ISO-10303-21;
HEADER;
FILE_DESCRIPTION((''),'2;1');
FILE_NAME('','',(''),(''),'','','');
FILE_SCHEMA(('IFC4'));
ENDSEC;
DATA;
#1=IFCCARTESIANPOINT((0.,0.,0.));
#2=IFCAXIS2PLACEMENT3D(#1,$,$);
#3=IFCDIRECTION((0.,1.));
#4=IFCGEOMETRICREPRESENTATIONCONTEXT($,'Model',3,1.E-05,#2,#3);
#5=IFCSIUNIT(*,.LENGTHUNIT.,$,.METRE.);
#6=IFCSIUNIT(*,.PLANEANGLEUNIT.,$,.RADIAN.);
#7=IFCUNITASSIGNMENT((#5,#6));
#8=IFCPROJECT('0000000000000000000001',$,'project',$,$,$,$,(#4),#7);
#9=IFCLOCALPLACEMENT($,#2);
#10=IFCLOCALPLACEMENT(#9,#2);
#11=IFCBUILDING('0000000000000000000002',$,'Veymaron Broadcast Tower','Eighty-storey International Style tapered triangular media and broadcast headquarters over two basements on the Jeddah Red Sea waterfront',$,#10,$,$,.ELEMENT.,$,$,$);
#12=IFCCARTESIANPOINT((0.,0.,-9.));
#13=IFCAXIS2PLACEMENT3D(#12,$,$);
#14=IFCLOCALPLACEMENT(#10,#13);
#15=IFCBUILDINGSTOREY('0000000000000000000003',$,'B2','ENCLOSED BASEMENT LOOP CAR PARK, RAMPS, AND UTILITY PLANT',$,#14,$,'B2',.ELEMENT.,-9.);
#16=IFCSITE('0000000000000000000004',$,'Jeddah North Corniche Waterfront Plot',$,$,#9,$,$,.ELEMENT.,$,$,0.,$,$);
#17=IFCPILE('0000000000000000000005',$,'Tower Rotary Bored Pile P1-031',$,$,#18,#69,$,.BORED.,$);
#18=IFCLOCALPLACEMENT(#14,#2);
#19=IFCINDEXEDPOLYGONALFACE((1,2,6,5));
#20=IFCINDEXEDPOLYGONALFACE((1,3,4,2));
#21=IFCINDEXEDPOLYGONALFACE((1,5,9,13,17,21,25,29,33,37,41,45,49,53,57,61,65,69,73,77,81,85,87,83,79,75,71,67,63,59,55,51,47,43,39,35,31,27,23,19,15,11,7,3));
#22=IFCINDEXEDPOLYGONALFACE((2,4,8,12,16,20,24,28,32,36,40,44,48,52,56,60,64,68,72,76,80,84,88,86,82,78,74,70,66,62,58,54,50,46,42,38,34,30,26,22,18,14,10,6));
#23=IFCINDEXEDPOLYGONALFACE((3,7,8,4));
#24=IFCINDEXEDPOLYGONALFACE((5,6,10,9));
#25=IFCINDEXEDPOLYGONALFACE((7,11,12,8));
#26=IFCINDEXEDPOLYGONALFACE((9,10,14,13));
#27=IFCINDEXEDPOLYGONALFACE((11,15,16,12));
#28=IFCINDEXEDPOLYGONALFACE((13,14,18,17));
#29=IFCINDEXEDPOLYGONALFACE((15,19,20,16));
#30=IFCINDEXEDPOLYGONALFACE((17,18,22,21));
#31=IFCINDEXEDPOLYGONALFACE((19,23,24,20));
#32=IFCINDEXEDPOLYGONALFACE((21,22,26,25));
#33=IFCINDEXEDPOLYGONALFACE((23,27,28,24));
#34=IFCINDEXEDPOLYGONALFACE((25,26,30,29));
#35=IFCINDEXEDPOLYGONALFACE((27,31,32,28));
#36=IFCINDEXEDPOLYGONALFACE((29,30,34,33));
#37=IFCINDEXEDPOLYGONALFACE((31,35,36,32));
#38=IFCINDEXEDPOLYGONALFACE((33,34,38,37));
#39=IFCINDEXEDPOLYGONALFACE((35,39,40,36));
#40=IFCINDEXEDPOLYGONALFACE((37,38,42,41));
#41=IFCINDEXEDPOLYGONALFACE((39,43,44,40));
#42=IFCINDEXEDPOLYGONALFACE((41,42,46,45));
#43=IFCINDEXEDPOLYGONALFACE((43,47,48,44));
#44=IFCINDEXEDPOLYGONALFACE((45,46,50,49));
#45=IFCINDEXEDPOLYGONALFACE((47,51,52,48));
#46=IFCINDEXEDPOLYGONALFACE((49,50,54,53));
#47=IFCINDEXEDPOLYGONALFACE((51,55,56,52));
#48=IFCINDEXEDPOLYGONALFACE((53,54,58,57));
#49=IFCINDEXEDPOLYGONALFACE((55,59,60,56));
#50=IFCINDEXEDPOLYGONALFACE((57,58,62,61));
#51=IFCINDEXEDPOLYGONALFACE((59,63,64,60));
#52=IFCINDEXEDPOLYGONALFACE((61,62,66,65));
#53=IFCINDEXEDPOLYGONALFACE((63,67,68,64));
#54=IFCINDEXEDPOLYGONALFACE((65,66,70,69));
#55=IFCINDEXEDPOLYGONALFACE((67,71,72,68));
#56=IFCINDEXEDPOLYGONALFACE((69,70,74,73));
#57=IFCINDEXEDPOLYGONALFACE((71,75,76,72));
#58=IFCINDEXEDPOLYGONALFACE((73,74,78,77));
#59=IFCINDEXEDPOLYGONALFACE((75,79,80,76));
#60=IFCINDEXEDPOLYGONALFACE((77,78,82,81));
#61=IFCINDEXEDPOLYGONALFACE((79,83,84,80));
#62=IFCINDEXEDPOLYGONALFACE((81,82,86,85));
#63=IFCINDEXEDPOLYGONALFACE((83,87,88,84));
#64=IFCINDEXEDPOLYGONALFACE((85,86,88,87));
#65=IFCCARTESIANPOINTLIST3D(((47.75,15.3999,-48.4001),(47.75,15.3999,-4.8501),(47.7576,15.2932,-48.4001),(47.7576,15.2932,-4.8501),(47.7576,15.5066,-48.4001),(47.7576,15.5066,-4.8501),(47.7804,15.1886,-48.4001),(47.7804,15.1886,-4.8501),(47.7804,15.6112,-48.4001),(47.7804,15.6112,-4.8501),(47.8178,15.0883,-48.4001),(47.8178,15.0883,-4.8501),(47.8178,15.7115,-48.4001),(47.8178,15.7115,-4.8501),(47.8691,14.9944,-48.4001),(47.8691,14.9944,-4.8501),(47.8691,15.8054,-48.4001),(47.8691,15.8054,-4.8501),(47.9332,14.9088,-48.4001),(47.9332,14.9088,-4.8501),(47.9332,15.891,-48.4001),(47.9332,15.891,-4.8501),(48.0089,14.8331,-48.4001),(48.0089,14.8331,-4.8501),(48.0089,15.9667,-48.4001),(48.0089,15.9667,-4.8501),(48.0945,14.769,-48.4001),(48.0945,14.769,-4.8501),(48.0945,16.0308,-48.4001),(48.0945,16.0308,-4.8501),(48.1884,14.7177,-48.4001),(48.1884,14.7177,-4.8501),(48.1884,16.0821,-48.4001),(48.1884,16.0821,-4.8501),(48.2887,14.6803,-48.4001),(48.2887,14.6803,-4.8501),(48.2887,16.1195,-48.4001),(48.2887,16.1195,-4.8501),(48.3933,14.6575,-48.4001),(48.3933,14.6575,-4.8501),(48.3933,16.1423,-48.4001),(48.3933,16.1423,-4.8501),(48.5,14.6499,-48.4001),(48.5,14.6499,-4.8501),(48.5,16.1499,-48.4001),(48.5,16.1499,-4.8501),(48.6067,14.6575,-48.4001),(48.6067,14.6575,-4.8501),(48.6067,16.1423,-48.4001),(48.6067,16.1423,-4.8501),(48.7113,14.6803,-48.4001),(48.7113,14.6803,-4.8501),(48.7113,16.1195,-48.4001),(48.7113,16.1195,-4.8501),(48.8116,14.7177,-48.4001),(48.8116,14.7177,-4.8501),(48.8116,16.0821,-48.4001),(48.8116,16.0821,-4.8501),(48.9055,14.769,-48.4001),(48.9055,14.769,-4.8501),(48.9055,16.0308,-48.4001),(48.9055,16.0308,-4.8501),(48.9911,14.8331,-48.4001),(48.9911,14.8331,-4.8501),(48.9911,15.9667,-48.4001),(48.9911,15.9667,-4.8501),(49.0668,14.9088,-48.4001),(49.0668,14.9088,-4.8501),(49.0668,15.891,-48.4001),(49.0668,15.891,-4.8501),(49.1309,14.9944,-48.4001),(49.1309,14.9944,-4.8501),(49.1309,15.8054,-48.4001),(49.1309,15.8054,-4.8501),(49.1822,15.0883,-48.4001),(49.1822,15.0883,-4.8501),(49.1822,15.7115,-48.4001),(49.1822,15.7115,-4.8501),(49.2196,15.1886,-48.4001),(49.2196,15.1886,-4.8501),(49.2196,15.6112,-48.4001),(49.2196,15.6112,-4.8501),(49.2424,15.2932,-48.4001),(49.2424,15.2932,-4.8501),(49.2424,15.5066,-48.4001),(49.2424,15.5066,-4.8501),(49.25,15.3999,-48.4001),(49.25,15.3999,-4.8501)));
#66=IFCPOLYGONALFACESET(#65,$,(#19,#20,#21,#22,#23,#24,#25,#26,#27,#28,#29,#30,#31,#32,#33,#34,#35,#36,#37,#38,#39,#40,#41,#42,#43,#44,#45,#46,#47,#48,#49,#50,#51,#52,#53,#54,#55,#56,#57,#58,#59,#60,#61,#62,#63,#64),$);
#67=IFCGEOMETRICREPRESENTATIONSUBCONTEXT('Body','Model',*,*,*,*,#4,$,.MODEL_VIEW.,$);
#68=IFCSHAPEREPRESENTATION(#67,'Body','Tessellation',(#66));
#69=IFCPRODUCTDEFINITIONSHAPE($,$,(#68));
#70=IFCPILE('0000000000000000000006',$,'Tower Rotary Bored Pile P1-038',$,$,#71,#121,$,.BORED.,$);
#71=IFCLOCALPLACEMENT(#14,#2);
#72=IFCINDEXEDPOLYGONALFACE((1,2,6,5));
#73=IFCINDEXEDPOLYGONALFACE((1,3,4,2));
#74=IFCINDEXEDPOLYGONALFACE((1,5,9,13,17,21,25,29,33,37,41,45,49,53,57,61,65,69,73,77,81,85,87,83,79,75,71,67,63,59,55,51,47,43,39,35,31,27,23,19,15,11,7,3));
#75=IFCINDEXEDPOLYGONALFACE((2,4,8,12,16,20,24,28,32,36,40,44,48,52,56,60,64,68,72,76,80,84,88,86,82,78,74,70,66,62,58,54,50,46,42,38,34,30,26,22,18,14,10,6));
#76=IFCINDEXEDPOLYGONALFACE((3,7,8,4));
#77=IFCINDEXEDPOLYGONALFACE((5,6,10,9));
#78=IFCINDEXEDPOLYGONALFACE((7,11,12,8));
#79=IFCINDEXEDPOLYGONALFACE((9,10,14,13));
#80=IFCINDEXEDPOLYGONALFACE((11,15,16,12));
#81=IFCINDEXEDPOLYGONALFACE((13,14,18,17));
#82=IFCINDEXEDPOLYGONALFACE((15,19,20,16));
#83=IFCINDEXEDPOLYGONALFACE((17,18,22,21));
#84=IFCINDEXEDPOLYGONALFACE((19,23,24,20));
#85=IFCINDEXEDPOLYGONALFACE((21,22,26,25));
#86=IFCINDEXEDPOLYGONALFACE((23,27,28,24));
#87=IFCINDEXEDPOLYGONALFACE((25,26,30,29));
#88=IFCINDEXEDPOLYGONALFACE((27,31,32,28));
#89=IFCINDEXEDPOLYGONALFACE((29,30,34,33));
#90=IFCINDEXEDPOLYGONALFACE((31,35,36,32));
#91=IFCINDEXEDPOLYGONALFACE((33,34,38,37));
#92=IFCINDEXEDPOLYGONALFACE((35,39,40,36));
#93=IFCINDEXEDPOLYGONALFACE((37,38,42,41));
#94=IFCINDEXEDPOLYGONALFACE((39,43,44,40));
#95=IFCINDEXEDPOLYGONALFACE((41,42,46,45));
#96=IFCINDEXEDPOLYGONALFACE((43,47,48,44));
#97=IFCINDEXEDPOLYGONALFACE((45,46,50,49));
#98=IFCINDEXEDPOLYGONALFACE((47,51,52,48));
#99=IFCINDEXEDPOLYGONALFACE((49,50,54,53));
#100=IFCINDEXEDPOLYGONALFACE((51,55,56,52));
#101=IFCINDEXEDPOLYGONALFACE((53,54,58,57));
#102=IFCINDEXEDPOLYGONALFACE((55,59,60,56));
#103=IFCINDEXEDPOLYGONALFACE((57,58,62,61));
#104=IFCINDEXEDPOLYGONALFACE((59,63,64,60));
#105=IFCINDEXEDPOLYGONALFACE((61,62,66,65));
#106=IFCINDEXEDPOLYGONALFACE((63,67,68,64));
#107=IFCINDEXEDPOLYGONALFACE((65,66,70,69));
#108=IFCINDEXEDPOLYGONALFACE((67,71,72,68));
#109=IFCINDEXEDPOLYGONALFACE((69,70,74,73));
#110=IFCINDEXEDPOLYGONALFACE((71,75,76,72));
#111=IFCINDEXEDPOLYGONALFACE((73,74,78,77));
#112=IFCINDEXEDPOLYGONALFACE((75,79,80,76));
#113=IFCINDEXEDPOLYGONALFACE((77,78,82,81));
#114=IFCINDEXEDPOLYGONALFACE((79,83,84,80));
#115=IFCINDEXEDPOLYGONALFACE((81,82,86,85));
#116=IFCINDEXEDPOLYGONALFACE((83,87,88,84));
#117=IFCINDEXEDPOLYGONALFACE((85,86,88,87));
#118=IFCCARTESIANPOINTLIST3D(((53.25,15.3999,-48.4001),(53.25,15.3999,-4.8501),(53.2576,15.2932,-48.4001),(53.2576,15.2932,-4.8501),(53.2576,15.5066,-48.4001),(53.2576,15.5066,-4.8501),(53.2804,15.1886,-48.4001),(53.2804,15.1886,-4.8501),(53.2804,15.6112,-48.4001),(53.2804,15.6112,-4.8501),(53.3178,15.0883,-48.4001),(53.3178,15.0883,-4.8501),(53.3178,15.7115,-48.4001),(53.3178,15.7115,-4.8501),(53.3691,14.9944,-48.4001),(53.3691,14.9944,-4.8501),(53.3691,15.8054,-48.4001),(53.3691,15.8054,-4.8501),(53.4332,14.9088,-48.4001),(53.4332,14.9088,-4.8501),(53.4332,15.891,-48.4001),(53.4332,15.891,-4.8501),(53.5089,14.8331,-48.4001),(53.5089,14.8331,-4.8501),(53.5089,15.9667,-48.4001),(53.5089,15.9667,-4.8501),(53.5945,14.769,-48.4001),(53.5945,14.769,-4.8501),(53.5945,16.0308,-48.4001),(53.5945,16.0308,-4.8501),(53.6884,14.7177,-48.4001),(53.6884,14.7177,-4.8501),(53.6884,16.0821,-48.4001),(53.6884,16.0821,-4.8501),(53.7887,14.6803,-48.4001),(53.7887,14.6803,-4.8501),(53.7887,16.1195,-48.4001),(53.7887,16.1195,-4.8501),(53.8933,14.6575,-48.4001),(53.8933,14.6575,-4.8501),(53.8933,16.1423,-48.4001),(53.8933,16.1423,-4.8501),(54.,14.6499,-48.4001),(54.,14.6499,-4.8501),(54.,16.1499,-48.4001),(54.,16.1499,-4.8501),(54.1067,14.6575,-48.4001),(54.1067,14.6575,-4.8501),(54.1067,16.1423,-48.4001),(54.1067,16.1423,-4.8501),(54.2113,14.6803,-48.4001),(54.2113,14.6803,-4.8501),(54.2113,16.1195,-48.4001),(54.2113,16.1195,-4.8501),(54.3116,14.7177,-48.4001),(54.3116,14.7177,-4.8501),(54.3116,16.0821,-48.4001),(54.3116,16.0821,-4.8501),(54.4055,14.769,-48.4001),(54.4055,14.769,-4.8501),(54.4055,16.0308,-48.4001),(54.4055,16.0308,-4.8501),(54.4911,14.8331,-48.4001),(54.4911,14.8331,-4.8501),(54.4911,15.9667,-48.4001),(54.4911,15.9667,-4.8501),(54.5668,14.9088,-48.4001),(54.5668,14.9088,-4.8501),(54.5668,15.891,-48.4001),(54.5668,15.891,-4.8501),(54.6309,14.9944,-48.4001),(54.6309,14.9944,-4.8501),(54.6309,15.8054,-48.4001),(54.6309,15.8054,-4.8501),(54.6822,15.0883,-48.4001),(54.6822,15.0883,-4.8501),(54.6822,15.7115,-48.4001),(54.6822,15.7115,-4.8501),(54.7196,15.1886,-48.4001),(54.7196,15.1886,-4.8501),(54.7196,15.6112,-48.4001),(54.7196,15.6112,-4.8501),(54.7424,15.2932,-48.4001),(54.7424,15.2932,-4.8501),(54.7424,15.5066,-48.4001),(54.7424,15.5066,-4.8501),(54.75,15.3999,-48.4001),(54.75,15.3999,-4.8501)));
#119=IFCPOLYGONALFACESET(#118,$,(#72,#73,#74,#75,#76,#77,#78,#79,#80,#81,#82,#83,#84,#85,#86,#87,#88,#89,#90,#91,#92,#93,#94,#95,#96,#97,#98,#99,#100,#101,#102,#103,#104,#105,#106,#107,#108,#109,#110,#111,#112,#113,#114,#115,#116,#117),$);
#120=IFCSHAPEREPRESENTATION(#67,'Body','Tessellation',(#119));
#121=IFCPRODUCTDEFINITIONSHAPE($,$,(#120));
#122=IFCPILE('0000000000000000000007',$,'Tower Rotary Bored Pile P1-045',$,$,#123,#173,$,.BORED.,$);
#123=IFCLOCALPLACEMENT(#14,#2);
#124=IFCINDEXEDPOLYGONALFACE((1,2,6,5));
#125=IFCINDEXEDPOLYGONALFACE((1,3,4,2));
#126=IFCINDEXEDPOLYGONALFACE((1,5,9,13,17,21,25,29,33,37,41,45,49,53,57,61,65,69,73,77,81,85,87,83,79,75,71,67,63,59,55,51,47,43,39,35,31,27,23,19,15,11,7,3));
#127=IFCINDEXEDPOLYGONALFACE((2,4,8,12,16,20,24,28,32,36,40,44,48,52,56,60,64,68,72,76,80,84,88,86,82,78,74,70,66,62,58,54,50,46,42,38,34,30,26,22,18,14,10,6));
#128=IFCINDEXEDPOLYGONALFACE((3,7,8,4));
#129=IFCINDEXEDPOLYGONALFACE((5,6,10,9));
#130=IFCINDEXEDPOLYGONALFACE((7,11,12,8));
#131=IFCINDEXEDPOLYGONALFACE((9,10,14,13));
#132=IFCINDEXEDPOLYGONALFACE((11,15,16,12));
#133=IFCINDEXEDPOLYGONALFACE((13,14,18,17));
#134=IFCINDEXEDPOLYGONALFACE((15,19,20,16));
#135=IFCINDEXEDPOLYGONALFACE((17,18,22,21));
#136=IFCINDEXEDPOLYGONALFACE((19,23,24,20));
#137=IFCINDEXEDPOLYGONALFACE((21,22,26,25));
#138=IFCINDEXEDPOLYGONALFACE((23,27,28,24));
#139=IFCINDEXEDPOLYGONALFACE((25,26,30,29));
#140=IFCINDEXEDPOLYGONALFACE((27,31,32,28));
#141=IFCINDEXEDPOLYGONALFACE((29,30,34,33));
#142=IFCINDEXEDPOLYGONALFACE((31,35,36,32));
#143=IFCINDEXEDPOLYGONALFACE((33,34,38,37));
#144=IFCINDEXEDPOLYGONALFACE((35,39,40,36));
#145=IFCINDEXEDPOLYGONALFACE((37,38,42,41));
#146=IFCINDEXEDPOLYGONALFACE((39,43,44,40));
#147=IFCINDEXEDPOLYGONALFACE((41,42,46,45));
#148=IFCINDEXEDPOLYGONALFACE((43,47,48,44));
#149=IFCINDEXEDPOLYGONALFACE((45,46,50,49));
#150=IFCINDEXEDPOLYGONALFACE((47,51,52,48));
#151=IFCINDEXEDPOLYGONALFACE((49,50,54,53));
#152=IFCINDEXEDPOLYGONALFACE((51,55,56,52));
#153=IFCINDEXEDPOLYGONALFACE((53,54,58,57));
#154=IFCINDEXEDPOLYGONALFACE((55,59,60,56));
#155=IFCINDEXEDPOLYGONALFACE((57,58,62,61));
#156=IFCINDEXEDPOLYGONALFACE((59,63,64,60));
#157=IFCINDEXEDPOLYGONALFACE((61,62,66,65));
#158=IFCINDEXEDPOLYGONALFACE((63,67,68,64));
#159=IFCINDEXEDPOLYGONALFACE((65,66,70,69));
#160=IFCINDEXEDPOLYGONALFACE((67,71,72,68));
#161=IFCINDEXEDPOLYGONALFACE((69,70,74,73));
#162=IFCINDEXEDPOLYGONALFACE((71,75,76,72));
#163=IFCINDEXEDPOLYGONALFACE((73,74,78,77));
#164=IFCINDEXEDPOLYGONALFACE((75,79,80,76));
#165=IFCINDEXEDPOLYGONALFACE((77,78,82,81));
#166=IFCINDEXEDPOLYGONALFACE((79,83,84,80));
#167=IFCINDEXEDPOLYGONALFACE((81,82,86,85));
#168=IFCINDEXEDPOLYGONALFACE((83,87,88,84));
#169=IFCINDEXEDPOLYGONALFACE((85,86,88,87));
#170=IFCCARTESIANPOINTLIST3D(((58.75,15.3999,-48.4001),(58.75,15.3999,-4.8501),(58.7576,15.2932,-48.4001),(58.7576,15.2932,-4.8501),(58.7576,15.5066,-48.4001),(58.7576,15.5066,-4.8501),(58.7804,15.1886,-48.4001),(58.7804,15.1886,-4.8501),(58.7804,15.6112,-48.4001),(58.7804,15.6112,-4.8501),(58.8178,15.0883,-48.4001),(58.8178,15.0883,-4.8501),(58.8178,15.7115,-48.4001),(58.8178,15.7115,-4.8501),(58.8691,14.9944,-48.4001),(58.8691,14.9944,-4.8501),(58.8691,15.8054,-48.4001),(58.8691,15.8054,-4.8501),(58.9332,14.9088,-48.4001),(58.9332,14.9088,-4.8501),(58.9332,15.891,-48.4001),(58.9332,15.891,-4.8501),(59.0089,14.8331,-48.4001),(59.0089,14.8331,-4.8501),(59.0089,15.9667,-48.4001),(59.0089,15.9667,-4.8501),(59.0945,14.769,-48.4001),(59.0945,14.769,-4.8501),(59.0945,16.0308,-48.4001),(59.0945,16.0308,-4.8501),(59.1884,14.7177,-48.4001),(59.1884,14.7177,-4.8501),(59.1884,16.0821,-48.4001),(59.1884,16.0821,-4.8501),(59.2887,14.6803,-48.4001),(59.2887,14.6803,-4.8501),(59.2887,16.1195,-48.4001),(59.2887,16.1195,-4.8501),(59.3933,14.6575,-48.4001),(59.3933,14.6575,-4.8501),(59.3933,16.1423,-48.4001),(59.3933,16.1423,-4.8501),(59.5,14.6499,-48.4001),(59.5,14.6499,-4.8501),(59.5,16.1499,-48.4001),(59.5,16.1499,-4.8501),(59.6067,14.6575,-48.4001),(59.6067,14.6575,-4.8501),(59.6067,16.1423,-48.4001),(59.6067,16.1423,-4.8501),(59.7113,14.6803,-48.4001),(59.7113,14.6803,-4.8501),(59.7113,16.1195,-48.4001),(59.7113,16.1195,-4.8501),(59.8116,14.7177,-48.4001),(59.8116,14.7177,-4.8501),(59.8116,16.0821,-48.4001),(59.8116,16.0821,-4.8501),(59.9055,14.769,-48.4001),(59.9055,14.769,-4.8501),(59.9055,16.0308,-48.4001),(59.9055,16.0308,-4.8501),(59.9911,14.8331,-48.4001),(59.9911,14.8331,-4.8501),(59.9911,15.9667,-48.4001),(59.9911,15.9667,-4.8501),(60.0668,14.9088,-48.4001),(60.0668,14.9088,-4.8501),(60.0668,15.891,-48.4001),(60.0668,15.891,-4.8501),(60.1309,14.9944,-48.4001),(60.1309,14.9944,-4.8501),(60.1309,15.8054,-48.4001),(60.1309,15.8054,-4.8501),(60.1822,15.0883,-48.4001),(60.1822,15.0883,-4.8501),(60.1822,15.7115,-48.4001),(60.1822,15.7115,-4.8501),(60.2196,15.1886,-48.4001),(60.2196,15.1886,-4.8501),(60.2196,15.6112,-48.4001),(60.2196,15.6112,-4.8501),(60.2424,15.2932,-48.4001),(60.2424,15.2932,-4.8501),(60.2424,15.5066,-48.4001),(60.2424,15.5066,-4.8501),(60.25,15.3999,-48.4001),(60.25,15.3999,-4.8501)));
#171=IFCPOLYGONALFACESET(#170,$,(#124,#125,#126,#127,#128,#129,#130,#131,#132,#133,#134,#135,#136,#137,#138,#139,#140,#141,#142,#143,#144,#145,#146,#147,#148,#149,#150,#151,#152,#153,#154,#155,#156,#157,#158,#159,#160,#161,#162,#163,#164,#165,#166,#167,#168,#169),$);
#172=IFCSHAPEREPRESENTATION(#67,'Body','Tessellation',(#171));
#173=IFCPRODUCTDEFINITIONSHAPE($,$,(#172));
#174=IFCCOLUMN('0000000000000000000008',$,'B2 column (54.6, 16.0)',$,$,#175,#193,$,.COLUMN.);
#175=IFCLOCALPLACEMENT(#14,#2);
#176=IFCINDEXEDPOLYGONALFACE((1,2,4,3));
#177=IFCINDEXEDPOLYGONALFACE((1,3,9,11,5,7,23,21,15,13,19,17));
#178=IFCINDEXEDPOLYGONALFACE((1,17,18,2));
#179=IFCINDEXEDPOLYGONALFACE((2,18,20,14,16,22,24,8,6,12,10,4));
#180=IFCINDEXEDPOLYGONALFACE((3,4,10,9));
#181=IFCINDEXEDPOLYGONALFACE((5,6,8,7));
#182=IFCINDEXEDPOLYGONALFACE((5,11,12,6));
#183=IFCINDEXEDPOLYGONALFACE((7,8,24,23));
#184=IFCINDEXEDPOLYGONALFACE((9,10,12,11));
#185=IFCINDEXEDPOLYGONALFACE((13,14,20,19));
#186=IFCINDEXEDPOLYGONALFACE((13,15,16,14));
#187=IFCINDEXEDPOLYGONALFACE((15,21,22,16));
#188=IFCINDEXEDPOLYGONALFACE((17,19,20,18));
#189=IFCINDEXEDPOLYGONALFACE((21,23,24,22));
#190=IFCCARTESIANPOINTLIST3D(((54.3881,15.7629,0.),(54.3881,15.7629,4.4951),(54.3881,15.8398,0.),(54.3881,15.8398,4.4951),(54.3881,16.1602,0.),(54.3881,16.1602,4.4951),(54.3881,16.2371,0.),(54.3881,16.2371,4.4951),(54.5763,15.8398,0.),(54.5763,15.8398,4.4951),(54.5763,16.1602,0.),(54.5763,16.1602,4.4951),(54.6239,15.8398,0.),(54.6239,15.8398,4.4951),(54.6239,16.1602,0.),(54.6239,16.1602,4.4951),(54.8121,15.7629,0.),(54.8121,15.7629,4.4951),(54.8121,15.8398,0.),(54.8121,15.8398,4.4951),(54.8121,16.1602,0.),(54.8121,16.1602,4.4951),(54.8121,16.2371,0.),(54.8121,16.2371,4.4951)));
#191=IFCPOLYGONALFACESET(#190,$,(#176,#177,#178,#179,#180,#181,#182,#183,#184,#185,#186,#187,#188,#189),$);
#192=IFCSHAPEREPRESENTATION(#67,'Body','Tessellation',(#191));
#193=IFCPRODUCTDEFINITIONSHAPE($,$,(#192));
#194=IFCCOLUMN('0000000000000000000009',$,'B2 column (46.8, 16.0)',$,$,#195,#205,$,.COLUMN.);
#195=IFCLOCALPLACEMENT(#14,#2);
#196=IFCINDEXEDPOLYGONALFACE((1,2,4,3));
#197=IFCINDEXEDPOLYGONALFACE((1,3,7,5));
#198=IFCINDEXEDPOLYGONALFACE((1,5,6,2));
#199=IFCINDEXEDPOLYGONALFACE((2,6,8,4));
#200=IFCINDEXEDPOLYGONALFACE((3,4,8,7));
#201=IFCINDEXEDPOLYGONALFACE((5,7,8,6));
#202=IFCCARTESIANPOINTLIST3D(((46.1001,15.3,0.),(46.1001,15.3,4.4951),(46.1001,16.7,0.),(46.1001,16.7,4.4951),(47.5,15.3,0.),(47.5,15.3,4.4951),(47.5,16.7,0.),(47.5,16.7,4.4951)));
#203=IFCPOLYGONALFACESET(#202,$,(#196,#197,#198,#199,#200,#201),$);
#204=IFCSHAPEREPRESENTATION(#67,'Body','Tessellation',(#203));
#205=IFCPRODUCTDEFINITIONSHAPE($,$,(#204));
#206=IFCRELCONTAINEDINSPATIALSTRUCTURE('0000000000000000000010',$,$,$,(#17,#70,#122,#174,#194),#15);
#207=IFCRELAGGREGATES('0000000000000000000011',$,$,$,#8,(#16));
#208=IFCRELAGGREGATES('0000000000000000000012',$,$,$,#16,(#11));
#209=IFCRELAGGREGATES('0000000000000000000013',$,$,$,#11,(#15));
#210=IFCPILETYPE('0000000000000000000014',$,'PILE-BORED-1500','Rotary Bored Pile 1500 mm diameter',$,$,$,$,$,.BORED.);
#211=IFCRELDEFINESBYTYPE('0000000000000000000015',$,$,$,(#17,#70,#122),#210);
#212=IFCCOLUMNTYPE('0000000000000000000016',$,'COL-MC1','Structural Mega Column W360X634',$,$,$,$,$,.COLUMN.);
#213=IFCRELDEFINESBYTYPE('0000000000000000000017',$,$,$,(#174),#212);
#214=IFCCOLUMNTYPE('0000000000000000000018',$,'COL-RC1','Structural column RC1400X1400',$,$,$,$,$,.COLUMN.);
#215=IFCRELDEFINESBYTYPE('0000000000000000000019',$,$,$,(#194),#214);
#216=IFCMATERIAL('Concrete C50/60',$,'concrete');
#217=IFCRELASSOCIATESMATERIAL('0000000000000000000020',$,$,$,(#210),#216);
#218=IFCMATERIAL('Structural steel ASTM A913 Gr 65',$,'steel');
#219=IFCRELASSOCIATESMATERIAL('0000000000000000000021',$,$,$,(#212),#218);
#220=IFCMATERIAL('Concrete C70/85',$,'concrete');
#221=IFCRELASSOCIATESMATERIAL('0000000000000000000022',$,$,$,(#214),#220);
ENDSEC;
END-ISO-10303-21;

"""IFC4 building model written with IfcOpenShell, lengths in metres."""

from ifc_helpers import new_model, si_unit, direction, frame, origin, origin_2d, place, context, subcontext, project, spatial, rectangle, circle, i_section, extrude, material, material_profile, profile_set, type_object, element, save


model = new_model("IFC4")

# Units and contexts
model_context = context("Model", 3, precision=1e-05, world=origin(), true_north=direction((0.0, 1.0)))
body_context = subcontext(model_context, "Body", "Model", "MODEL_VIEW")
ifc_project = project(units=[si_unit("LENGTHUNIT", "METRE"), si_unit("PLANEANGLEUNIT", "RADIAN")], contexts=[model_context])

# Site, building, storey
site_placement = place(None, origin())
site = spatial("IfcSite", under=ifc_project, at=site_placement, Name="Jeddah North Corniche Waterfront Plot", CompositionType="ELEMENT", RefElevation=0.0)
building_placement = place(site_placement, origin())
building = spatial("IfcBuilding", under=site, at=building_placement, Name="Veymaron Broadcast Tower", Description="Eighty-storey International Style tapered triangular media and broadcast headquarters over two basements on the Jeddah Red Sea waterfront", CompositionType="ELEMENT")
storey_placement = place(building_placement, frame((0.0, 0.0, -9.0)))
storey = spatial("IfcBuildingStorey", under=building, at=storey_placement, Name="B2", Description="ENCLOSED BASEMENT LOOP CAR PARK, RAMPS, AND UTILITY PLANT", LongName="B2", CompositionType="ELEMENT", Elevation=-9.0)

# Piles
ifc_material_1 = material(Name="Concrete C50/60", Category="concrete")
ifc_material_profile_1 = material_profile(ifc_material_1, circle(Radius=0.75, at=origin_2d()), Name="PILE1500")
ifc_profile_set_1 = profile_set([ifc_material_profile_1], Name="Concrete C50/60")
pile_type = type_object("IfcPileType", Name="PILE-BORED-1500", Description="Rotary Bored Pile 1500 mm diameter", PredefinedType="BORED", material=ifc_profile_set_1)
for number, where, z_axis, x_axis, name in (
    (1, (48.5, 15.3999, -4.8501), (0.0, 0.0, -1.0), (1.0, 0.0, 0.0), "Tower Rotary Bored Pile P1-031"),
    (2, (54.0, 15.3999, -4.8501), (0.0, 0.0, -1.0), (1.0, 0.0, 0.0), "Tower Rotary Bored Pile P1-038"),
    (3, (59.5, 15.3999, -4.8501), (0.0, 0.0, -1.0), (1.0, 0.0, 0.0), "Tower Rotary Bored Pile P1-045"),
):
    element("IfcPile", number, at=place(storey_placement, frame(where, z_axis=z_axis, x_axis=x_axis)), inside=storey, type_object=pile_type, Name=name, PredefinedType="BORED", context=body_context, shape_type="SweptSolid", body=[
        extrude(circle(Radius=0.75, at=origin_2d()), origin(), (0.0, 0.0, 1.0), 43.55),
    ])

# Columns
ifc_material_2 = material(Name="Structural steel ASTM A913 Gr 65", Category="steel")
ifc_material_profile_2 = material_profile(ifc_material_2, i_section(OverallWidth=0.4241, OverallDepth=0.4741, WebThickness=0.0476, FlangeThickness=0.0769, at=origin_2d()), Name="W360X634")
ifc_profile_set_2 = profile_set([ifc_material_profile_2], Name="Structural steel ASTM A913 Gr 65")
column_type_1 = type_object("IfcColumnType", Name="COL-MC1", Description="Structural Mega Column W360X634", PredefinedType="COLUMN", material=ifc_profile_set_2)
column_1_placement = place(storey_placement, frame((54.6001, 16.0, 0.0), z_axis=(0.0, 0.0, 1.0), x_axis=(1.0, 0.0, 0.0)))
element("IfcColumn", 4, at=column_1_placement, inside=storey, type_object=column_type_1, Name="B2 column (54.6, 16.0)", PredefinedType="COLUMN", context=body_context, shape_type="SweptSolid", body=[
    extrude(i_section(OverallWidth=0.4241, OverallDepth=0.4741, WebThickness=0.0476, FlangeThickness=0.0769, at=origin_2d()), origin(), (0.0, 0.0, 1.0), 4.4951),
])
ifc_material_3 = material(Name="Concrete C70/85", Category="concrete")
ifc_material_profile_3 = material_profile(ifc_material_3, rectangle(XDim=1.3999, YDim=1.3999, at=origin_2d()), Name="RC1400X1400")
ifc_profile_set_3 = profile_set([ifc_material_profile_3], Name="Concrete C70/85")
column_type_2 = type_object("IfcColumnType", Name="COL-RC1", Description="Structural column RC1400X1400", PredefinedType="COLUMN", material=ifc_profile_set_3)
column_2_placement = place(storey_placement, frame((46.8, 16.0, 0.0), z_axis=(0.0, 0.0, 1.0), x_axis=(1.0, 0.0, 0.0)))
element("IfcColumn", 5, at=column_2_placement, inside=storey, type_object=column_type_2, Name="B2 column (46.8, 16.0)", PredefinedType="COLUMN", context=body_context, shape_type="SweptSolid", body=[
    extrude(rectangle(XDim=1.3999, YDim=1.3999, at=origin_2d()), origin(), (0.0, 0.0, 1.0), 4.4951),
])

save(model, "model.ifc")
